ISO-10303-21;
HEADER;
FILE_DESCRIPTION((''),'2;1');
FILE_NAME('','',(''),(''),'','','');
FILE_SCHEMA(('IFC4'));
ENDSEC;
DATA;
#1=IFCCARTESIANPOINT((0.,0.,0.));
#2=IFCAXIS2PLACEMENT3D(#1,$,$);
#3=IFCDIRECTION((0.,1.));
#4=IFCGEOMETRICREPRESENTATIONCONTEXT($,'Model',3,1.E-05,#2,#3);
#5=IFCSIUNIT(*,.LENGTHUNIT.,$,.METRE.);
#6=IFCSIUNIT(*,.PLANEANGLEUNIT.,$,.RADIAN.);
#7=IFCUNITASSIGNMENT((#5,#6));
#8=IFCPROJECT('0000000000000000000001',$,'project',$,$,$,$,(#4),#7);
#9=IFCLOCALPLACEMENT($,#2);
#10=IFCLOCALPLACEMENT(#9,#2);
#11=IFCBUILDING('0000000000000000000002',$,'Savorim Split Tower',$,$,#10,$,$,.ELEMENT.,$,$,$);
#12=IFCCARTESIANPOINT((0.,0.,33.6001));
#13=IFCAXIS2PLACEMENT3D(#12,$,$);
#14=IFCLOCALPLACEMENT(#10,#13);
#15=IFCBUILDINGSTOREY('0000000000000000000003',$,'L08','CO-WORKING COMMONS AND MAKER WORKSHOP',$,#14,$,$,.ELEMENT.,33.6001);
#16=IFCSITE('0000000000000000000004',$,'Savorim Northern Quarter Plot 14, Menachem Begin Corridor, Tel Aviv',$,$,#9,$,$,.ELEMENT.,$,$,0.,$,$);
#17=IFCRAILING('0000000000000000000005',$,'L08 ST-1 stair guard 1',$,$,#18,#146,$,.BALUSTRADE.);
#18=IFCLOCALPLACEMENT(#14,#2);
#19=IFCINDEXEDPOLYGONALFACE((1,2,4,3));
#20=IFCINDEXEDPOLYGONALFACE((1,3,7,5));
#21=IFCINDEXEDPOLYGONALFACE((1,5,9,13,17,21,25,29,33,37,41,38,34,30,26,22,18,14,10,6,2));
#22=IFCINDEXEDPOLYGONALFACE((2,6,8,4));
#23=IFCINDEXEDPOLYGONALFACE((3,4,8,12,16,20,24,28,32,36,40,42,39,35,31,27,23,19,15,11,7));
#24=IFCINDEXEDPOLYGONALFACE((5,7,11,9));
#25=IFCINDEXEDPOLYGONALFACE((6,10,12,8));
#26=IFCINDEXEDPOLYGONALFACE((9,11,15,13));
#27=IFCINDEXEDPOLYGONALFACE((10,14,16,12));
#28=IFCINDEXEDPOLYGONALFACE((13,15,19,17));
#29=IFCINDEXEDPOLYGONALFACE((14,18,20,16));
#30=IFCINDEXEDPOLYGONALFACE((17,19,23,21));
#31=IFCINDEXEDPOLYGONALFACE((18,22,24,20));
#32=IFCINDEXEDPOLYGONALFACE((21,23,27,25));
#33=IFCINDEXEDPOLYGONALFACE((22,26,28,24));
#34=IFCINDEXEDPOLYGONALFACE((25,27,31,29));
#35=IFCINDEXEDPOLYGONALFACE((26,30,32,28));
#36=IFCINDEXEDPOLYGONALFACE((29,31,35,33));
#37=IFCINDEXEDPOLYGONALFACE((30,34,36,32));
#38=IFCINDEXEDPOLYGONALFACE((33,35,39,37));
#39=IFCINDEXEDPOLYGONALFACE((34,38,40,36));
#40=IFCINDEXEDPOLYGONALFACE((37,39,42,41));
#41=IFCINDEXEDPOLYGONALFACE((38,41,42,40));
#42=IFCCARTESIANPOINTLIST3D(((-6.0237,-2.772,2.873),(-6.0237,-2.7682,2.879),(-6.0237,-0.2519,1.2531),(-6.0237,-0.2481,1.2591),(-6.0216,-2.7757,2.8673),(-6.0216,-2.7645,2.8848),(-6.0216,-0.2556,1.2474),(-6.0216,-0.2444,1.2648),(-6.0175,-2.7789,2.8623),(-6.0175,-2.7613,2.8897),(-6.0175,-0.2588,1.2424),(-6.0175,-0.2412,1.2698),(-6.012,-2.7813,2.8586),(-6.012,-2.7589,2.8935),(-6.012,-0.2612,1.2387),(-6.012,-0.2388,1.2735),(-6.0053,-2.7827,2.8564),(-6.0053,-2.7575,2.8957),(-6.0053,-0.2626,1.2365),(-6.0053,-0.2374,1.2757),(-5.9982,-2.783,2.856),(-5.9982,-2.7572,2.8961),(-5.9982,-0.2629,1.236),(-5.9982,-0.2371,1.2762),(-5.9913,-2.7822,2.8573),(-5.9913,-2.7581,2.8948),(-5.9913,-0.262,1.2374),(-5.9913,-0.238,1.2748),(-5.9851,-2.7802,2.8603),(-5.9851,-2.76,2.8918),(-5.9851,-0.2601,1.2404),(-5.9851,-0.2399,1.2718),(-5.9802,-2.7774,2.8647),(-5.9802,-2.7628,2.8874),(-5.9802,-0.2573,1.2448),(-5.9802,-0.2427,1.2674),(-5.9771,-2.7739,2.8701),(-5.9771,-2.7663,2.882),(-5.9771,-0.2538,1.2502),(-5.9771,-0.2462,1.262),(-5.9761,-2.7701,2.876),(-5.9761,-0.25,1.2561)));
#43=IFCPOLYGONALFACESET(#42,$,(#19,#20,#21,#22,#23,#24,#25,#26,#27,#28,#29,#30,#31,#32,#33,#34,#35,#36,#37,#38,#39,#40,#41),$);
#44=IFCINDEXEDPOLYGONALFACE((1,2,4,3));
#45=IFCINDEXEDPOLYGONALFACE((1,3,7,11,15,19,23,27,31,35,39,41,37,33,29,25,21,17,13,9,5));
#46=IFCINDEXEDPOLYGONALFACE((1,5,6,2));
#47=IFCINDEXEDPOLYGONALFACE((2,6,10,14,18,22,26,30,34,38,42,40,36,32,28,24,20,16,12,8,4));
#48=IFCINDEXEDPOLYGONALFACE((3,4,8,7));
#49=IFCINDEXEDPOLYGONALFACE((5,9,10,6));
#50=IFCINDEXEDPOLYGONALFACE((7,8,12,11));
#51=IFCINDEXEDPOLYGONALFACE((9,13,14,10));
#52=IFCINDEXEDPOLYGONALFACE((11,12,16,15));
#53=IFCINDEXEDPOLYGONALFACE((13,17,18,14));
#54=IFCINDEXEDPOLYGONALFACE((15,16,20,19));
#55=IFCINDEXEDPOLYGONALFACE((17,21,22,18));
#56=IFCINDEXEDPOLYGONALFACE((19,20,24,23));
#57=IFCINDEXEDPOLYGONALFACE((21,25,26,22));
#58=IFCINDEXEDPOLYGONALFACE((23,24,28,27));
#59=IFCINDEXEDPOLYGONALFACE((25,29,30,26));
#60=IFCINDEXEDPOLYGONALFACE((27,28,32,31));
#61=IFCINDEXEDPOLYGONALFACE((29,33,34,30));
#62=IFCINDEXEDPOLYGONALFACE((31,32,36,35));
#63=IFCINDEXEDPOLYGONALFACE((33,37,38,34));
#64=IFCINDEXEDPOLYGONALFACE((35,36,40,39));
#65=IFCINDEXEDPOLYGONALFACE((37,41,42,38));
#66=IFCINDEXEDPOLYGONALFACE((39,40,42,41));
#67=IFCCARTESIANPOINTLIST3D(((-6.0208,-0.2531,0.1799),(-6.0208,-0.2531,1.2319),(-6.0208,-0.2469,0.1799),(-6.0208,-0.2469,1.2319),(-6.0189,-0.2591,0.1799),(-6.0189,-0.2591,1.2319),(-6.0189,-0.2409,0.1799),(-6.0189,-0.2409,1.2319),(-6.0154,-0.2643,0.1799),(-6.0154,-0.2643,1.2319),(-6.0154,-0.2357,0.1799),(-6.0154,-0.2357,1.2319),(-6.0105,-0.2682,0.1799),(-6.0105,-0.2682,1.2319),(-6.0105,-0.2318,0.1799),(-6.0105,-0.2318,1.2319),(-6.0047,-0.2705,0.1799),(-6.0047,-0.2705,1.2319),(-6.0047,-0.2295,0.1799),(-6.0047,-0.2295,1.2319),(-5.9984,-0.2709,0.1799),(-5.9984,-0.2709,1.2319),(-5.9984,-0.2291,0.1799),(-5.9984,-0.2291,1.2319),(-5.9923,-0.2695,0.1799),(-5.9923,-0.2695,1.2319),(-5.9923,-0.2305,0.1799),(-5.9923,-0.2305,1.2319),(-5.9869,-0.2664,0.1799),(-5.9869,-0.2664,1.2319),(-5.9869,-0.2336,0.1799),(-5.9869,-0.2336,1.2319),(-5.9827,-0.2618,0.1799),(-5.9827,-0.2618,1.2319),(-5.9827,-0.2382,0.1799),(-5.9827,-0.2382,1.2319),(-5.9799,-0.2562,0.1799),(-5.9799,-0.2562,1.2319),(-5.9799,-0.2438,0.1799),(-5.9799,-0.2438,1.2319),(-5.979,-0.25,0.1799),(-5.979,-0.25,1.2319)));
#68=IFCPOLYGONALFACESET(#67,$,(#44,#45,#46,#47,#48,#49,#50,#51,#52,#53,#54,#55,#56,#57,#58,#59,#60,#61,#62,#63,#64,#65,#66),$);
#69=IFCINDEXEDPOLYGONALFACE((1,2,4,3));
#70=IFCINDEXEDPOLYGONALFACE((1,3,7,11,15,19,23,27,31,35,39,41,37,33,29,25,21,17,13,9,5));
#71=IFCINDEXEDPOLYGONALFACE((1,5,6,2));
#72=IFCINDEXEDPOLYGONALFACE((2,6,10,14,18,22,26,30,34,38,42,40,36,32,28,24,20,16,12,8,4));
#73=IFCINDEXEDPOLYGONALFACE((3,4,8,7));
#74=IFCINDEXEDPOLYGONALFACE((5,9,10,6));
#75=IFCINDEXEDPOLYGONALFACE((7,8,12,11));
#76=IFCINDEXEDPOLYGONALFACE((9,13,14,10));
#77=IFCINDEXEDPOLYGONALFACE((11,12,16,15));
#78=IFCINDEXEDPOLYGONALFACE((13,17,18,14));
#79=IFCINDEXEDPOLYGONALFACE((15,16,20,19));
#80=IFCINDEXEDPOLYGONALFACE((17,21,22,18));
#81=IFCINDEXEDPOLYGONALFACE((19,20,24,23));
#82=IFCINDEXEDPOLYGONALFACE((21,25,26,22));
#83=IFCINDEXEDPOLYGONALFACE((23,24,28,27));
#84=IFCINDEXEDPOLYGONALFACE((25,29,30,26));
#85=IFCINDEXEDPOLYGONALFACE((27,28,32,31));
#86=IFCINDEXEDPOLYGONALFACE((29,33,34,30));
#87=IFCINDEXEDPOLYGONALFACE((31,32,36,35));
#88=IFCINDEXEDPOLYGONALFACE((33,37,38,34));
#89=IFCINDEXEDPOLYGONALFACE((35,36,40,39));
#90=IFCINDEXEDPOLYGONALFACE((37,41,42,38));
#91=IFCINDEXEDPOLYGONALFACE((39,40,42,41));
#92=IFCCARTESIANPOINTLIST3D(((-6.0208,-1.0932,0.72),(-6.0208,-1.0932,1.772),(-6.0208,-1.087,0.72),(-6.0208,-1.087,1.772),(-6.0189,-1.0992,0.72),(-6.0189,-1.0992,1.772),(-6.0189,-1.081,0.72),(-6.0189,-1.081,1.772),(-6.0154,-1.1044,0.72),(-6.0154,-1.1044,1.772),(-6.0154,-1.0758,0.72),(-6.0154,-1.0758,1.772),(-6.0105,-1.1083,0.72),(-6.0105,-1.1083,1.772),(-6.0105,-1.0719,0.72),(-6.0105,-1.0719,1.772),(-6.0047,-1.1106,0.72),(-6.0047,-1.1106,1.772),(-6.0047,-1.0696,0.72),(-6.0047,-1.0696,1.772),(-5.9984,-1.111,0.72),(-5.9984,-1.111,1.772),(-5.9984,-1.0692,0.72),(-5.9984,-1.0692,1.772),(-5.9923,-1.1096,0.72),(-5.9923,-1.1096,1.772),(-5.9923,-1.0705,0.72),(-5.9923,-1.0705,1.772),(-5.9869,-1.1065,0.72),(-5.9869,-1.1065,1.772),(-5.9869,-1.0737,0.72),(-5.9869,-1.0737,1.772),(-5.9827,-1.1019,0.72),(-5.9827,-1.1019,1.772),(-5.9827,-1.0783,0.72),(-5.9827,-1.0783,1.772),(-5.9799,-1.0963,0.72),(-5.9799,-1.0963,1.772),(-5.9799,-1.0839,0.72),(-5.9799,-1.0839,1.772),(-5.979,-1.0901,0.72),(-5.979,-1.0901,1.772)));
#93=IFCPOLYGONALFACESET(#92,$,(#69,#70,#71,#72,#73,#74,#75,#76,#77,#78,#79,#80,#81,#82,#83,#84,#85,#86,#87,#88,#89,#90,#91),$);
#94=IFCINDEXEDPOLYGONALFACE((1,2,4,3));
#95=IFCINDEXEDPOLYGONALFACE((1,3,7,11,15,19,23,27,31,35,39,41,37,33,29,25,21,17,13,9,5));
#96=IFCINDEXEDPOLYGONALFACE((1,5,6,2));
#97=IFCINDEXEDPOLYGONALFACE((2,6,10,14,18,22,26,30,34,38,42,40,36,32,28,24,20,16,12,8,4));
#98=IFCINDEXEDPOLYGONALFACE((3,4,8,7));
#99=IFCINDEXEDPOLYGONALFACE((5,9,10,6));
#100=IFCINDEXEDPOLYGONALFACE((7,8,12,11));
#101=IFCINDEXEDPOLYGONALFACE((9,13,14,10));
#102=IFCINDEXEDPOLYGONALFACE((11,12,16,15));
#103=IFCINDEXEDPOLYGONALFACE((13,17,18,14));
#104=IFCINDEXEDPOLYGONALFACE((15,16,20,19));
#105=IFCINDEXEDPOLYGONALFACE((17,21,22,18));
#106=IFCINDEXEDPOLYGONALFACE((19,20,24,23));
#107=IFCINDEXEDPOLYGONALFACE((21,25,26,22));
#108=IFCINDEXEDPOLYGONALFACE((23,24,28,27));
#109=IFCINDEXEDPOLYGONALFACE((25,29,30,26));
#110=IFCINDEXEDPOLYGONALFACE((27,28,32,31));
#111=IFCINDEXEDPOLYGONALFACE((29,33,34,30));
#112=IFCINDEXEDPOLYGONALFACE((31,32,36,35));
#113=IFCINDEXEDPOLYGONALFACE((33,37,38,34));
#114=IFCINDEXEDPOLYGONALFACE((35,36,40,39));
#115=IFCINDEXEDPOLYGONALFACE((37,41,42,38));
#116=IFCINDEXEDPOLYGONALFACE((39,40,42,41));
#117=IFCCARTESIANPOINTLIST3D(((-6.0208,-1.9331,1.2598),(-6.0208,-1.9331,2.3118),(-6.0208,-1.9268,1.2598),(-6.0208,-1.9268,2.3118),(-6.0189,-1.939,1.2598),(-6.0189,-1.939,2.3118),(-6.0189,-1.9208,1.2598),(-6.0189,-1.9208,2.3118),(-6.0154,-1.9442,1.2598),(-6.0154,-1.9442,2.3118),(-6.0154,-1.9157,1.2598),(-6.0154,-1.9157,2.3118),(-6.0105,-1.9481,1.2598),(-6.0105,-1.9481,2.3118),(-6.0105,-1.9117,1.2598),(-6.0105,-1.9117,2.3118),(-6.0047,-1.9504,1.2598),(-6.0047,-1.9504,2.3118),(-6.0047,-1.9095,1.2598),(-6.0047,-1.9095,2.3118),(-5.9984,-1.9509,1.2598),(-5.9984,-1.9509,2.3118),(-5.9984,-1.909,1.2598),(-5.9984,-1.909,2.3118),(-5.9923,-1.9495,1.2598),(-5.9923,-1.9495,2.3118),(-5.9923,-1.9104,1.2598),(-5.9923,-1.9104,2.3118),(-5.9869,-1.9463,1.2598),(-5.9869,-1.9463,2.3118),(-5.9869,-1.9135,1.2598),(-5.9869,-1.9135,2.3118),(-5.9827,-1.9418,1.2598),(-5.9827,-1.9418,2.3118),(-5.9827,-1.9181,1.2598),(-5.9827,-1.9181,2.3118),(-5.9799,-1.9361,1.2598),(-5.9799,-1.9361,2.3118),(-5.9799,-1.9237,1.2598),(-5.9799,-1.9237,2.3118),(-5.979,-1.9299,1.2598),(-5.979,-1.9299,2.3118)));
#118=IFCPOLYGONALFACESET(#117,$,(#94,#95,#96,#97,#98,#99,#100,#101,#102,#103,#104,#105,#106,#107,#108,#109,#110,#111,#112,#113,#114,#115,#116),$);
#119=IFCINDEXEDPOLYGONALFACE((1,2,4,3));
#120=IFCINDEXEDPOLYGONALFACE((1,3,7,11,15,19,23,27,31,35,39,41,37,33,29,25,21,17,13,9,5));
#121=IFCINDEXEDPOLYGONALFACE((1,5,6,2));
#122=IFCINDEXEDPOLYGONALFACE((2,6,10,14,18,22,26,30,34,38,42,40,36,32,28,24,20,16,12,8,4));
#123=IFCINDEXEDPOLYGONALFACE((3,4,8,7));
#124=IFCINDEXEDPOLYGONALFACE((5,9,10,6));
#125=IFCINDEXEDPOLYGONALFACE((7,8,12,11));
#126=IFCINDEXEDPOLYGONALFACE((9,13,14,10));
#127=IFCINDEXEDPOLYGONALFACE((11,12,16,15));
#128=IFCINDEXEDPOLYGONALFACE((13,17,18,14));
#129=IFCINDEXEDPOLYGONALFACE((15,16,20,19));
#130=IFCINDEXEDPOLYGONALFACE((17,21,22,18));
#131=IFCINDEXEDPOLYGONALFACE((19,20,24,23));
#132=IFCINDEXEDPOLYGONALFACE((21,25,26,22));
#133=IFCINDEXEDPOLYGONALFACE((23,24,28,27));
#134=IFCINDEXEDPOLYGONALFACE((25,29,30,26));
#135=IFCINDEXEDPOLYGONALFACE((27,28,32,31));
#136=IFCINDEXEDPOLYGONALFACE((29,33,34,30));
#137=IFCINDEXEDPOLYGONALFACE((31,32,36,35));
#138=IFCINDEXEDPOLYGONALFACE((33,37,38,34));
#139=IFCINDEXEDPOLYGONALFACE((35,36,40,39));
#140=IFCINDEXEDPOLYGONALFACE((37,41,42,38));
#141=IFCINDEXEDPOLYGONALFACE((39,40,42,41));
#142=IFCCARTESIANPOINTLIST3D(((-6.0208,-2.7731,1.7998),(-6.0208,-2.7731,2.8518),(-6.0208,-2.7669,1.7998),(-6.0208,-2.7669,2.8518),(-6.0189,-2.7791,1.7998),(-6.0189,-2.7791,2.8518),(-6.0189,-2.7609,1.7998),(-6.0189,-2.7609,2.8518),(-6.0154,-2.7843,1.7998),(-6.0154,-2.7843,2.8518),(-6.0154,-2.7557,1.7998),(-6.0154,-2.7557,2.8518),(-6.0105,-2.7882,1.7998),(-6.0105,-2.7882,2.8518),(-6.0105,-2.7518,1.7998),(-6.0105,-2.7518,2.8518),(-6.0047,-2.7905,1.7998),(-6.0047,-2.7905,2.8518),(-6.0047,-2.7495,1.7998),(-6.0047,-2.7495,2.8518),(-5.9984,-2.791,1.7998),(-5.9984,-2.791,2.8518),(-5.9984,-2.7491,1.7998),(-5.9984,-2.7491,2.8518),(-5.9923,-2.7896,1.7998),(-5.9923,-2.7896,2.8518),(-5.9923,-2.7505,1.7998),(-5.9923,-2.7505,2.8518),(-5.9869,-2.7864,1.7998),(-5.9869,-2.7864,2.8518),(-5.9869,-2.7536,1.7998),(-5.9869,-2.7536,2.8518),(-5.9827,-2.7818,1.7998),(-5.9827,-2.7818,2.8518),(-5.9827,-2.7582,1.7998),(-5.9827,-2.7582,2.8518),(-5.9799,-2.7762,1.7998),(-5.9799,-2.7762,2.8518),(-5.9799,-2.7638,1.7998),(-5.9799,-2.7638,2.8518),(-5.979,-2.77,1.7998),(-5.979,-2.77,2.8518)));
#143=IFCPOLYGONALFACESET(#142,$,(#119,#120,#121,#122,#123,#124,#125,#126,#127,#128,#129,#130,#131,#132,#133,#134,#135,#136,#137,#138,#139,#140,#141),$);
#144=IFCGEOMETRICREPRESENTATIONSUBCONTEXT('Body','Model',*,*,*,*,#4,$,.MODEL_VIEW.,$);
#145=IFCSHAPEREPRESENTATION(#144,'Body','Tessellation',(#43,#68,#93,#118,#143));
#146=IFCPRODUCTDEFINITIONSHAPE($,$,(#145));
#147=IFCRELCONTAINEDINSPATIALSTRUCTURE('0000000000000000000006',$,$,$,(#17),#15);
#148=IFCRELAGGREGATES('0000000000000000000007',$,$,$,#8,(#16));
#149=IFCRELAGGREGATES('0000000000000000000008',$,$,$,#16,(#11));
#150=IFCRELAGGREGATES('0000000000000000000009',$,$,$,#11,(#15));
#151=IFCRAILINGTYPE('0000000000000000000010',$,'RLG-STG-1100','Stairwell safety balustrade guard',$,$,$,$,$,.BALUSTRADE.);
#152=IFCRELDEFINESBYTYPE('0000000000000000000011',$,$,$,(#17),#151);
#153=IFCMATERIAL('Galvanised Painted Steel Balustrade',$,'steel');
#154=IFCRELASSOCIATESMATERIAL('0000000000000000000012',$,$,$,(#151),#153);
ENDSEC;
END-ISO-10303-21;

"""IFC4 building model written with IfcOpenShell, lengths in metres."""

from ifc_helpers import new_model, si_unit, direction, frame, origin, origin_2d, place, context, subcontext, project, spatial, circle, extrude, material, type_object, element, save


model = new_model("IFC4")

# Units and contexts
model_context = context("Model", 3, precision=1e-05, world=origin(), true_north=direction((0.0, 1.0)))
body_context = subcontext(model_context, "Body", "Model", "MODEL_VIEW")
ifc_project = project(units=[si_unit("LENGTHUNIT", "METRE"), si_unit("PLANEANGLEUNIT", "RADIAN")], contexts=[model_context])

# Site, building, storey
site_placement = place(None, origin())
site = spatial("IfcSite", under=ifc_project, at=site_placement, Name="Savorim Northern Quarter Plot 14, Menachem Begin Corridor, Tel Aviv", CompositionType="ELEMENT", RefElevation=0.0)
building_placement = place(site_placement, origin())
building = spatial("IfcBuilding", under=site, at=building_placement, Name="Savorim Split Tower", CompositionType="ELEMENT")
storey_placement = place(building_placement, frame((0.0, 0.0, 33.6001)))
storey = spatial("IfcBuildingStorey", under=building, at=storey_placement, Name="L08", Description="CO-WORKING COMMONS AND MAKER WORKSHOP", CompositionType="ELEMENT", Elevation=33.6001)

# Railing
ifc_material_1 = material(Name="Galvanised Painted Steel Balustrade", Category="steel")
railing_type_1 = type_object("IfcRailingType", Name="RLG-STG-1100", Description="Stairwell safety balustrade guard", PredefinedType="BALUSTRADE", material=ifc_material_1)
railing_1_placement = place(storey_placement, frame((-6.0, -0.25, 0.1799)))
element("IfcRailing", 1, at=railing_1_placement, inside=storey, type_object=railing_type_1, Name="L08 ST-1 stair guard 1", PredefinedType="BALUSTRADE", context=body_context, shape_type="SweptSolid", body=[
    extrude(circle(Radius=0.0239, at=origin_2d()), frame((0.0, 0.0, 1.0762), z_axis=(0.0, -0.8412, 0.540725), x_axis=(1.0, 0.0, 0.0)), (0.0, 0.0, 1.0), 2.9958),
    extrude(circle(Radius=0.021, at=origin_2d()), origin(), (0.0, 0.0, 1.0), 1.052),
    extrude(circle(Radius=0.021, at=origin_2d()), frame((0.0, -0.8401, 0.54)), (0.0, 0.0, 1.0), 1.052),
    extrude(circle(Radius=0.021, at=origin_2d()), frame((0.0, -1.6799, 1.0798)), (0.0, 0.0, 1.0), 1.052),
    extrude(circle(Radius=0.021, at=origin_2d()), frame((0.0, -2.52, 1.6199)), (0.0, 0.0, 1.0), 1.052),
])

save(model, "model.ifc")
